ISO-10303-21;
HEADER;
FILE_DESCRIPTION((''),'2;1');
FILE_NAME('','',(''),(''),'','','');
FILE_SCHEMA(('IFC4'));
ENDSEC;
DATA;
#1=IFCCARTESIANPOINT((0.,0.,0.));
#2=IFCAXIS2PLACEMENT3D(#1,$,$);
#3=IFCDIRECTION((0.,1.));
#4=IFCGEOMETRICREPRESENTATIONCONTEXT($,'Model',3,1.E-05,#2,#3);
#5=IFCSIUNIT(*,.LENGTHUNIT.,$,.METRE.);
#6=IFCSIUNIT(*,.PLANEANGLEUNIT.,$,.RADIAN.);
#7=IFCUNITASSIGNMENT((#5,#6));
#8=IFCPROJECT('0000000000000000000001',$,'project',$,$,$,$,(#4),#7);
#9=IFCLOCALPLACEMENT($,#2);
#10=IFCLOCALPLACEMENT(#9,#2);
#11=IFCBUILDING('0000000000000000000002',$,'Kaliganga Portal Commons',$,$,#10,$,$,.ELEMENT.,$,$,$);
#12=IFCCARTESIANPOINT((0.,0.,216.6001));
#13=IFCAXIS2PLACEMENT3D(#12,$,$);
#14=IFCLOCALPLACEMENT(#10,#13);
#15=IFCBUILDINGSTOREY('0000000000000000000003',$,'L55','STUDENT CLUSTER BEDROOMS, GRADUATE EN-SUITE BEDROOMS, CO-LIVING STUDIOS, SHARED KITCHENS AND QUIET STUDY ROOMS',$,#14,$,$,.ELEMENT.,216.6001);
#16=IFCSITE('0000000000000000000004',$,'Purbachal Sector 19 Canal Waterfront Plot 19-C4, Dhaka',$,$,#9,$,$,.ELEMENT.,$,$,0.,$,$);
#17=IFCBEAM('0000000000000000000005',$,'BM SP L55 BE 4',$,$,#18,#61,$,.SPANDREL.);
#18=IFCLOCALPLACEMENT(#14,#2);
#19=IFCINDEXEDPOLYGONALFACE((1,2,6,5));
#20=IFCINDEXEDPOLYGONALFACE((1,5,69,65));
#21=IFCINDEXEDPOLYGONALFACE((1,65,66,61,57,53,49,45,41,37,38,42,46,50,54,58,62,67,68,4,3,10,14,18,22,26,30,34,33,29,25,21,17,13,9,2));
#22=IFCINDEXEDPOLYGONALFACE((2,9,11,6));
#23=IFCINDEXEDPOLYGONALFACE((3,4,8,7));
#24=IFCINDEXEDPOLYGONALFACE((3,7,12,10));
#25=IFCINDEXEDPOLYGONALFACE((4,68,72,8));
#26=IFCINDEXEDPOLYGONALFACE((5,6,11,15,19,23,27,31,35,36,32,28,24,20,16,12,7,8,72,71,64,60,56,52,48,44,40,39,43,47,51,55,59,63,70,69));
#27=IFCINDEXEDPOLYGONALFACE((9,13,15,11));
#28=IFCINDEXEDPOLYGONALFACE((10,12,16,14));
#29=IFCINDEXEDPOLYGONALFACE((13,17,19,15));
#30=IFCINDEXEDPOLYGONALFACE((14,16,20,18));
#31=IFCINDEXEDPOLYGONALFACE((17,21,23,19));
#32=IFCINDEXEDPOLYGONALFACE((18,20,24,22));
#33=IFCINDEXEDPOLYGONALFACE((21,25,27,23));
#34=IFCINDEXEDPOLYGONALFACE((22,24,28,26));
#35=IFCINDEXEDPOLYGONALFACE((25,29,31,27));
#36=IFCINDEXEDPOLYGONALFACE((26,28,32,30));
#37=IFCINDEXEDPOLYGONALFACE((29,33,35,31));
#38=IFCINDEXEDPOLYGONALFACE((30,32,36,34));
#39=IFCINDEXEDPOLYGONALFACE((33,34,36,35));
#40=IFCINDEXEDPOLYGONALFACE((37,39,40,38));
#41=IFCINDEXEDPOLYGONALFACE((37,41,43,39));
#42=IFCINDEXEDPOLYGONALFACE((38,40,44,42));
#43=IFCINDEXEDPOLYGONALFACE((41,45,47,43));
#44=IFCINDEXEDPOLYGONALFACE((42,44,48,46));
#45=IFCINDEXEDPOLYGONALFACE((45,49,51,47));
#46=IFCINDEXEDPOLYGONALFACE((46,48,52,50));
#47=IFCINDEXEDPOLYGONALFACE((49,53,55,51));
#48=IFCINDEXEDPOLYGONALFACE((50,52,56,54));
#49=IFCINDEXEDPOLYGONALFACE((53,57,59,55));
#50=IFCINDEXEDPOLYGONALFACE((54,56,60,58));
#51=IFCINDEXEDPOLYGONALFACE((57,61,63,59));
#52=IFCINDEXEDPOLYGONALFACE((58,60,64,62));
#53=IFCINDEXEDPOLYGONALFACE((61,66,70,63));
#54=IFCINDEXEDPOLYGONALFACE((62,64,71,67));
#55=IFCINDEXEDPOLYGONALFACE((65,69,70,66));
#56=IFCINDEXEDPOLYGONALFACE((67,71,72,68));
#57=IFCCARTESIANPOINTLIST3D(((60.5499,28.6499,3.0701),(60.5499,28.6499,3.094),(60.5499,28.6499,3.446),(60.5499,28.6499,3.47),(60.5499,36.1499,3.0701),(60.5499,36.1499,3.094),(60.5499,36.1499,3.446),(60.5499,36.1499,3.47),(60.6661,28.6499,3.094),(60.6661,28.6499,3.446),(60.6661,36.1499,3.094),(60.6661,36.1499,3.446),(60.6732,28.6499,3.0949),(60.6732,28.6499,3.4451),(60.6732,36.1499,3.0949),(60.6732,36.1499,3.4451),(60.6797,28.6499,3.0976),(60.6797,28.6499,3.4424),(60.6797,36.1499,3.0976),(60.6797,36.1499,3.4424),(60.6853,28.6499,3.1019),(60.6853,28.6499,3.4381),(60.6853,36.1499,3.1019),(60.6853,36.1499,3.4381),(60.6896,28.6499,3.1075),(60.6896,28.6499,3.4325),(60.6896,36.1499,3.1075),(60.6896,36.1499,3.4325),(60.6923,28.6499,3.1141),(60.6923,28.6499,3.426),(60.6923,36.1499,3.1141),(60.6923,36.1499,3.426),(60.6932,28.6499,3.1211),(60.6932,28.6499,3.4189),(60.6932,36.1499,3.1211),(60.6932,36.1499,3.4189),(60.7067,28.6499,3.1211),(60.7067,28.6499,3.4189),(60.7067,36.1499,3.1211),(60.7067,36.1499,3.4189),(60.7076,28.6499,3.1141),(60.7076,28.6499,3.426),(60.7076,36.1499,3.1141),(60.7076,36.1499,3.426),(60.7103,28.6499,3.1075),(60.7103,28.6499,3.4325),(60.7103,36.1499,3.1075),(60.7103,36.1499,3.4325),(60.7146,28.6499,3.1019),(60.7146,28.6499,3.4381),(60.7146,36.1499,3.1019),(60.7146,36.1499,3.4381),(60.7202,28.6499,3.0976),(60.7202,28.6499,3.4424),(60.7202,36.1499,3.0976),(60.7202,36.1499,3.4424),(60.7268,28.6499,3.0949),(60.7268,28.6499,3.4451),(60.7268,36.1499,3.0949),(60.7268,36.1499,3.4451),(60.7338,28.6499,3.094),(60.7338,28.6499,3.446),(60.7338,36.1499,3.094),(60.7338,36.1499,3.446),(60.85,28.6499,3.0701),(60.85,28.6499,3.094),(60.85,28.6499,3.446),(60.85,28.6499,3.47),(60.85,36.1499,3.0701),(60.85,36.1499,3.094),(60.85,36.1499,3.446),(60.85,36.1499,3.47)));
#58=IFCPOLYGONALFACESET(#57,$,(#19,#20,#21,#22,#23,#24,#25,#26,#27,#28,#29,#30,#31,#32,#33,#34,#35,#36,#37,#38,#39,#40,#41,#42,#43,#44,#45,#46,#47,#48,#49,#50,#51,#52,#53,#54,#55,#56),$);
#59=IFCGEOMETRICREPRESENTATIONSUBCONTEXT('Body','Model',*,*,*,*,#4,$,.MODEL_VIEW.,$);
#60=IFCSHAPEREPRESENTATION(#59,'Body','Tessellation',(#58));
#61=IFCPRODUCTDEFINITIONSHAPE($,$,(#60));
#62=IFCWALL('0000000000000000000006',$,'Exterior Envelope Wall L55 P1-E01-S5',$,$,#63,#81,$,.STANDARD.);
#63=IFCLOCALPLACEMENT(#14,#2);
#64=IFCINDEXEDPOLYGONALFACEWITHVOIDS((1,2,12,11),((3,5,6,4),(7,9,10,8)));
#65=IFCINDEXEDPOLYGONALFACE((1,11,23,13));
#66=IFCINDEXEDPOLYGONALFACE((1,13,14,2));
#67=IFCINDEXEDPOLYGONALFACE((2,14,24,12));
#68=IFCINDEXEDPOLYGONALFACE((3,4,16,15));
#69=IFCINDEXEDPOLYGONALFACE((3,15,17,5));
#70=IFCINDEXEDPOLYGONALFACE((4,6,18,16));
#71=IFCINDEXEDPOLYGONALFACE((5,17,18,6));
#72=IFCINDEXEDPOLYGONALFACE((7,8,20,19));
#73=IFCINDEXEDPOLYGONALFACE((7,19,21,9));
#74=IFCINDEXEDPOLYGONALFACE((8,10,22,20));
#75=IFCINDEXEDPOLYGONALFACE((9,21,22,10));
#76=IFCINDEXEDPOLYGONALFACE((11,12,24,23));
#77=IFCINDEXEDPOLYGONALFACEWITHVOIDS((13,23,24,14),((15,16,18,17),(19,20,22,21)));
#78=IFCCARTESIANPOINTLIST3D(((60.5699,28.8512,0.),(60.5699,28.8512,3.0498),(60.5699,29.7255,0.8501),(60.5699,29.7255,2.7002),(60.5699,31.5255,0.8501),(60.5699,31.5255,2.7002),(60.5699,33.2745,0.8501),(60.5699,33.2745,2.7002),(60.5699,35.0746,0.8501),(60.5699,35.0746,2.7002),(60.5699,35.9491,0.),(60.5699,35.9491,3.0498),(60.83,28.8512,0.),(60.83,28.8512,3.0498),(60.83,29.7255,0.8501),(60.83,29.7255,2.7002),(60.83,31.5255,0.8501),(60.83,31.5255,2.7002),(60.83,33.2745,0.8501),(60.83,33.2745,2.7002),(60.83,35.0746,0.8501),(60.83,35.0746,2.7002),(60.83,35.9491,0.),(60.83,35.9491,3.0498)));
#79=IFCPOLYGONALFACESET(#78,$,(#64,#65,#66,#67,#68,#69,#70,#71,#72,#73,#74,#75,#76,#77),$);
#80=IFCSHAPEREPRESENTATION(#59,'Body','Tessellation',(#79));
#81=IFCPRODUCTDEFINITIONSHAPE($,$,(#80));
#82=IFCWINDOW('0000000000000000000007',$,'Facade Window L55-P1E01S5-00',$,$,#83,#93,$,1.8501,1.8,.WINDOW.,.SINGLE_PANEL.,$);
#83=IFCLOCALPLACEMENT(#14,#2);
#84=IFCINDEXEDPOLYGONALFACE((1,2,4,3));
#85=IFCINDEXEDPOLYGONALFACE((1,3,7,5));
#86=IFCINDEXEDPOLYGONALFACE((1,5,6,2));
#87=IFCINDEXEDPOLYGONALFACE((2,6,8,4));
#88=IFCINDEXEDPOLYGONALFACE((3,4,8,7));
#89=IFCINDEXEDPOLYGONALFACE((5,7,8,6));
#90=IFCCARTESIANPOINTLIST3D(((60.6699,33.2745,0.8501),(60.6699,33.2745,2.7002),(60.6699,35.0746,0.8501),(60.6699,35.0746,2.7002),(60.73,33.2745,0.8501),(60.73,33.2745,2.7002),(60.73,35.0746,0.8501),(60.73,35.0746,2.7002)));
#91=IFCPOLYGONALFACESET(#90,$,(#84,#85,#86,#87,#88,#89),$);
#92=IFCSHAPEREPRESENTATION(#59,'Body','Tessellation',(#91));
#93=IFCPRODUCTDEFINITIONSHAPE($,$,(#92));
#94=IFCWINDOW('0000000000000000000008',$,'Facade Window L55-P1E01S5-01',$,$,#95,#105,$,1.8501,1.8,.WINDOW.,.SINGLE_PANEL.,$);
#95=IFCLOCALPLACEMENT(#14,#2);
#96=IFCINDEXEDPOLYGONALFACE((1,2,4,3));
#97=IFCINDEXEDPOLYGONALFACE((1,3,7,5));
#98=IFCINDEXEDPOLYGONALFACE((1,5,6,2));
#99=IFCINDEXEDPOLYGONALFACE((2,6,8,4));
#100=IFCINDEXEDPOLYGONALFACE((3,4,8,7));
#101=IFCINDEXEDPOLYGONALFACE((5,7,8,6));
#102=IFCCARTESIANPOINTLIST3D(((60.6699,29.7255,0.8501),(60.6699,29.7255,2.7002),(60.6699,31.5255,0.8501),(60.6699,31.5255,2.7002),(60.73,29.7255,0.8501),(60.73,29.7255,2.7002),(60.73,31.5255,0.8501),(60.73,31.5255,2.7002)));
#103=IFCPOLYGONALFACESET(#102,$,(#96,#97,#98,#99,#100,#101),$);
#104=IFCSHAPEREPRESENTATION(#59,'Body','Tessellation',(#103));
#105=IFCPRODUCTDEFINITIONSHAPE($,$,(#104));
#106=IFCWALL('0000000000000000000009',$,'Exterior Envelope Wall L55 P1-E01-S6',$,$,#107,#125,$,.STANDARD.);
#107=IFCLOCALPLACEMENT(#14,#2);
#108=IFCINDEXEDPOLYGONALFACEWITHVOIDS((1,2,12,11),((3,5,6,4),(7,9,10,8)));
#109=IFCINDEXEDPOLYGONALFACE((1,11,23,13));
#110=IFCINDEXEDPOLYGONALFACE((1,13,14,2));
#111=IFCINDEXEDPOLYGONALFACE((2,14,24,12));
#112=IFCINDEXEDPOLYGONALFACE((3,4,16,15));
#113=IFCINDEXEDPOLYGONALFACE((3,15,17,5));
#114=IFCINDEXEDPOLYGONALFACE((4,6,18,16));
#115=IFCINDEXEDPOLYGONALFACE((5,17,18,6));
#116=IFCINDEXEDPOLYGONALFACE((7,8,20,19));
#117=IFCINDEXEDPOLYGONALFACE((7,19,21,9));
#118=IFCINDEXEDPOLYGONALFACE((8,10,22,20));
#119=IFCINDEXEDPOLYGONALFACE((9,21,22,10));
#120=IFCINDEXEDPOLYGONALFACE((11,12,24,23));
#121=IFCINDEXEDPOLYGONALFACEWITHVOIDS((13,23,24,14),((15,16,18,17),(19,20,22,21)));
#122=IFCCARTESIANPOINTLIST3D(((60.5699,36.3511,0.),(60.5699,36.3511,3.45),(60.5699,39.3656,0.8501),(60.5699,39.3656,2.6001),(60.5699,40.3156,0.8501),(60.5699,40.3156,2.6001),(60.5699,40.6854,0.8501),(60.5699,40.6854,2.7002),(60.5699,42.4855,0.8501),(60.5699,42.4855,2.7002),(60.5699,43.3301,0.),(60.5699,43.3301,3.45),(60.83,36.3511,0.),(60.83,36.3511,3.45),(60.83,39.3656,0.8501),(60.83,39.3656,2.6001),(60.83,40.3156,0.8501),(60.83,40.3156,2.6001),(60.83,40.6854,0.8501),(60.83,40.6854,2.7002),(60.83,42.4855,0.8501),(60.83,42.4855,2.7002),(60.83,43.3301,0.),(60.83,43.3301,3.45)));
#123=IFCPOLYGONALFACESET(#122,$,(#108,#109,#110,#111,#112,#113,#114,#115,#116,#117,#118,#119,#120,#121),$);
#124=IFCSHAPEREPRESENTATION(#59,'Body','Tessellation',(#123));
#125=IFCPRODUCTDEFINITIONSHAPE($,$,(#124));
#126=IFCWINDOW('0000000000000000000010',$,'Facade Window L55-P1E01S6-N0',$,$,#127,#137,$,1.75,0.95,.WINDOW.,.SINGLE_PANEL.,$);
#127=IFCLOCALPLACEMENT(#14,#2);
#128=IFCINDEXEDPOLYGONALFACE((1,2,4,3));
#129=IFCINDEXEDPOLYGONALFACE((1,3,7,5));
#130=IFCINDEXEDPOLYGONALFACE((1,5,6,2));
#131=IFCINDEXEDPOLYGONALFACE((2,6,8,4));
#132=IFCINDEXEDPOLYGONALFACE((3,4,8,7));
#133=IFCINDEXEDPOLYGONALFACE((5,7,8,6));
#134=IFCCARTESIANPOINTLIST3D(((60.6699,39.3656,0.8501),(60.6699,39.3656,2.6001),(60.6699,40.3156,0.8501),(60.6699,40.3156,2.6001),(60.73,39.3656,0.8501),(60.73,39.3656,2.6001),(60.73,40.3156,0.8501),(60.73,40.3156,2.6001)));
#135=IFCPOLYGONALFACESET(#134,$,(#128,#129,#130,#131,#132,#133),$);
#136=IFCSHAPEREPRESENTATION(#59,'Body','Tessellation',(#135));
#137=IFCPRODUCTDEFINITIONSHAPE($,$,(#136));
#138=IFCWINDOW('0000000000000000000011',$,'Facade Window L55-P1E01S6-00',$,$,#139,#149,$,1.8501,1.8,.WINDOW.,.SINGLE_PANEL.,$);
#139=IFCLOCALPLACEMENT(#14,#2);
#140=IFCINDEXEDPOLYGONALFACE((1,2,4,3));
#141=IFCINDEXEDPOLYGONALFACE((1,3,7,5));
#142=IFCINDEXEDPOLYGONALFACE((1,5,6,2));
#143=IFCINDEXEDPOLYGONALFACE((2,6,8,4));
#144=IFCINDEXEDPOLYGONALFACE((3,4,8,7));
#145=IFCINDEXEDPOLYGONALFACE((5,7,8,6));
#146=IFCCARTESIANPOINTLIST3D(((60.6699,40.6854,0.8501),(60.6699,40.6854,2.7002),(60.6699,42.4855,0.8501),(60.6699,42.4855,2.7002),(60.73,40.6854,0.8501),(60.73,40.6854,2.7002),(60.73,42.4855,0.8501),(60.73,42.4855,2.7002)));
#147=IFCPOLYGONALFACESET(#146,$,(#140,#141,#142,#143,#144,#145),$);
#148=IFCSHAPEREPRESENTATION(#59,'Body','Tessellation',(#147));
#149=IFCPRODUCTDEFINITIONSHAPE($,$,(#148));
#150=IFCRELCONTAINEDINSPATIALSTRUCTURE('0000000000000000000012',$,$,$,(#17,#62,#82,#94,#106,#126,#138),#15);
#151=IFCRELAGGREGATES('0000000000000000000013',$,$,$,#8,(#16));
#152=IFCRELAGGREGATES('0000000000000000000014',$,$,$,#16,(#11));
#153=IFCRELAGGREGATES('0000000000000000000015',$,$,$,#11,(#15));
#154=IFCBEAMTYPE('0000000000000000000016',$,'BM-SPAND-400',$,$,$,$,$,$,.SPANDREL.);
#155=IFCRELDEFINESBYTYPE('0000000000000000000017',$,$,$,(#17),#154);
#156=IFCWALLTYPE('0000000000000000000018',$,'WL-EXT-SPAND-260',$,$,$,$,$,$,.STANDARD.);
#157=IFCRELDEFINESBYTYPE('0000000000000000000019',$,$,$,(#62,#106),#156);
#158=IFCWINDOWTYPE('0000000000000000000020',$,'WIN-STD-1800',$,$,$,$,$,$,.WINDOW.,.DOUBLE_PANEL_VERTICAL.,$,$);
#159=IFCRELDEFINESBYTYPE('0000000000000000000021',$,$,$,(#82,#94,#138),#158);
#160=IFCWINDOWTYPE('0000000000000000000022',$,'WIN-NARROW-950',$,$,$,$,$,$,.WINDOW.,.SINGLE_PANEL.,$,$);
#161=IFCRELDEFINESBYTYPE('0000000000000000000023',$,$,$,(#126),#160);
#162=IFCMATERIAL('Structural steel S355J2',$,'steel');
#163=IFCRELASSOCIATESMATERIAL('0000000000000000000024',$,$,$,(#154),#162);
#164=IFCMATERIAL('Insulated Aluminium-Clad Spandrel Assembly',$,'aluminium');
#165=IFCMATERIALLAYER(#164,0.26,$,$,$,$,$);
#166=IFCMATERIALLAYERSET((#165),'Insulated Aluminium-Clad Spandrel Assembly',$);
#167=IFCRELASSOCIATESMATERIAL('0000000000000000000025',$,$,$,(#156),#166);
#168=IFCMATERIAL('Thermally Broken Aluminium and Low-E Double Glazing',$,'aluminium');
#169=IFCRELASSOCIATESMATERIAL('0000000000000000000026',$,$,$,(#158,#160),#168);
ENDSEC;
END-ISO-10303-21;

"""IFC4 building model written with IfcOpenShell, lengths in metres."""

from ifc_helpers import new_model, si_unit, direction, frame, frame_2d, origin, origin_2d, place, context, subcontext, project, spatial, rectangle, i_section, extrude, source, transform, mapped, material, layer, layer_set, material_profile, profile_set, type_object, element, fill, save


model = new_model("IFC4")

# Units and contexts
model_context = context("Model", 3, precision=1e-05, world=origin(), true_north=direction((0.0, 1.0)))
body_context = subcontext(model_context, "Body", "Model", "MODEL_VIEW")
ifc_project = project(units=[si_unit("LENGTHUNIT", "METRE"), si_unit("PLANEANGLEUNIT", "RADIAN")], contexts=[model_context])

# Site, building, storey
site_placement = place(None, origin())
site = spatial("IfcSite", under=ifc_project, at=site_placement, Name="Purbachal Sector 19 Canal Waterfront Plot 19-C4, Dhaka", CompositionType="ELEMENT", RefElevation=0.0)
building_placement = place(site_placement, origin())
building = spatial("IfcBuilding", under=site, at=building_placement, Name="Kaliganga Portal Commons", CompositionType="ELEMENT")
storey_placement = place(building_placement, frame((0.0, 0.0, 216.6001)))
storey = spatial("IfcBuildingStorey", under=building, at=storey_placement, Name="L55", Description="STUDENT CLUSTER BEDROOMS, GRADUATE EN-SUITE BEDROOMS, CO-LIVING STUDIOS, SHARED KITCHENS AND QUIET STUDY ROOMS", CompositionType="ELEMENT", Elevation=216.6001)

# Shared definitions
ifc_material_1 = material(Name="Structural steel S355J2", Category="steel")

# Beam
ifc_material_profile_1 = material_profile(ifc_material_1, i_section(OverallWidth=0.3, OverallDepth=0.3999, WebThickness=0.0134, FlangeThickness=0.0239, FilletRadius=0.0271, at=origin_2d()), Name="HE 400 B")
ifc_profile_set_1 = profile_set([ifc_material_profile_1], Name="Structural steel S355J2 wide-flange")
beam_type_1 = type_object("IfcBeamType", Name="BM-SPAND-400", PredefinedType="SPANDREL", material=ifc_profile_set_1)
shared_shape_1 = source(origin(), body_context, "Body", "SweptSolid", [
    extrude(i_section(OverallWidth=0.3, OverallDepth=0.3999, WebThickness=0.0134, FlangeThickness=0.0239, FilletRadius=0.0271, at=origin_2d()), origin(), (0.0, 0.0, 1.0), 7.5),
])
beam_1_placement = place(storey_placement, frame((60.7, 28.6499, 3.27), z_axis=(0.0, 1.0, 0.0), x_axis=(-1.0, 0.0, 0.0)))
element("IfcBeam", 1, at=beam_1_placement, inside=storey, type_object=beam_type_1, Name="BM SP L55 BE 4", PredefinedType="SPANDREL", context=body_context, shape_type="MappedRepresentation", body=[
    mapped(shared_shape_1, transform((0.0, 0.0, 0.0), x_axis=(1.0, 0.0, 0.0), y_axis=(0.0, 1.0, 0.0), z_axis=(0.0, 0.0, 1.0), scale=1.0)),
])

# Walls, openings, windows
ifc_material_2 = material(Name="Insulated Aluminium-Clad Spandrel Assembly", Category="aluminium")
ifc_layer_1 = layer(ifc_material_2, 0.26)
ifc_layer_set_1 = layer_set([ifc_layer_1], Name="Insulated Aluminium-Clad Spandrel Assembly")
wall_type_1 = type_object("IfcWallType", Name="WL-EXT-SPAND-260", PredefinedType="STANDARD", material=ifc_layer_set_1)
wall_1_placement = place(storey_placement, frame((60.7, 35.949, 0.0), z_axis=(0.0, 0.0, 1.0), x_axis=(0.0, -1.0, 0.0)))
wall_1 = element("IfcWall", 2, at=wall_1_placement, inside=storey, type_object=wall_type_1, Name="Exterior Envelope Wall L55 P1-E01-S5", PredefinedType="STANDARD", context=body_context, shape_type="SweptSolid", body=[
    extrude(rectangle(XDim=7.0979, YDim=0.26, at=frame_2d((3.5488, 0.0))), origin(), (0.0, 0.0, 1.0), 3.0498),
])
opening_1_placement = place(wall_1_placement, frame((0.8745, 0.0, 0.8501)))
opening_1 = element("IfcOpeningElement", 3, at=opening_1_placement, cuts=wall_1, PredefinedType="OPENING", context=body_context, shape_type="SweptSolid", body=[
    extrude(rectangle(XDim=1.8, YDim=1.8501, at=frame_2d((0.8999, 0.925))), frame((0.0, 0.1401, 0.0), z_axis=(0.0, -1.0, 0.0), x_axis=(1.0, 0.0, 0.0)), (0.0, 0.0, 1.0), 0.28),
])
opening_2_placement = place(wall_1_placement, frame((4.4236, 0.0, 0.8501)))
opening_2 = element("IfcOpeningElement", 4, at=opening_2_placement, cuts=wall_1, PredefinedType="OPENING", context=body_context, shape_type="SweptSolid", body=[
    extrude(rectangle(XDim=1.8, YDim=1.8501, at=frame_2d((0.8999, 0.925))), frame((0.0, 0.1401, 0.0), z_axis=(0.0, -1.0, 0.0), x_axis=(1.0, 0.0, 0.0)), (0.0, 0.0, 1.0), 0.28),
])
ifc_material_3 = material(Name="Thermally Broken Aluminium and Low-E Double Glazing", Category="aluminium")
window_type_1 = type_object("IfcWindowType", Name="WIN-STD-1800", PartitioningType="DOUBLE_PANEL_VERTICAL", PredefinedType="WINDOW", material=ifc_material_3)
window_1_placement = place(opening_1_placement, origin())
window_1 = element("IfcWindow", 5, at=window_1_placement, inside=storey, type_object=window_type_1, Name="Facade Window L55-P1E01S5-00", OverallHeight=1.8501, OverallWidth=1.8, PartitioningType="SINGLE_PANEL", PredefinedType="WINDOW", context=body_context, shape_type="SweptSolid", body=[
    extrude(rectangle(XDim=1.8, YDim=1.8501, at=frame_2d((0.8999, 0.925))), frame((0.0, 0.03, 0.0), z_axis=(0.0, -1.0, 0.0), x_axis=(1.0, 0.0, 0.0)), (0.0, 0.0, 1.0), 0.0601),
])
fill(opening_1, window_1)
window_2_placement = place(opening_2_placement, origin())
window_2 = element("IfcWindow", 6, at=window_2_placement, inside=storey, type_object=window_type_1, Name="Facade Window L55-P1E01S5-01", OverallHeight=1.8501, OverallWidth=1.8, PartitioningType="SINGLE_PANEL", PredefinedType="WINDOW", context=body_context, shape_type="SweptSolid", body=[
    extrude(rectangle(XDim=1.8, YDim=1.8501, at=frame_2d((0.8999, 0.925))), frame((0.0, 0.03, 0.0), z_axis=(0.0, -1.0, 0.0), x_axis=(1.0, 0.0, 0.0)), (0.0, 0.0, 1.0), 0.0601),
])
fill(opening_2, window_2)
wall_2_placement = place(storey_placement, frame((60.7, 43.3301, 0.0), z_axis=(0.0, 0.0, 1.0), x_axis=(0.0, -1.0, 0.0)))
wall_2 = element("IfcWall", 7, at=wall_2_placement, inside=storey, type_object=wall_type_1, Name="Exterior Envelope Wall L55 P1-E01-S6", PredefinedType="STANDARD", context=body_context, shape_type="SweptSolid", body=[
    extrude(rectangle(XDim=6.979, YDim=0.26, at=frame_2d((3.4895, 0.0))), origin(), (0.0, 0.0, 1.0), 3.45),
])
opening_3_placement = place(wall_2_placement, frame((0.8447, 0.0, 0.8501)))
opening_3 = element("IfcOpeningElement", 8, at=opening_3_placement, cuts=wall_2, PredefinedType="OPENING", context=body_context, shape_type="SweptSolid", body=[
    extrude(rectangle(XDim=1.8, YDim=1.8501, at=frame_2d((0.8999, 0.925))), frame((0.0, 0.1401, 0.0), z_axis=(0.0, -1.0, 0.0), x_axis=(1.0, 0.0, 0.0)), (0.0, 0.0, 1.0), 0.28),
])
opening_4_placement = place(wall_2_placement, frame((3.0144, 0.0, 0.8501)))
opening_4 = element("IfcOpeningElement", 9, at=opening_4_placement, cuts=wall_2, PredefinedType="OPENING", context=body_context, shape_type="SweptSolid", body=[
    extrude(rectangle(XDim=0.95, YDim=1.75, at=frame_2d((0.4751, 0.875))), frame((0.0, 0.1401, 0.0), z_axis=(0.0, -1.0, 0.0), x_axis=(1.0, 0.0, 0.0)), (0.0, 0.0, 1.0), 0.28),
])
window_type_2 = type_object("IfcWindowType", Name="WIN-NARROW-950", PartitioningType="SINGLE_PANEL", PredefinedType="WINDOW", material=ifc_material_3)
window_3_placement = place(opening_4_placement, origin())
window_3 = element("IfcWindow", 10, at=window_3_placement, inside=storey, type_object=window_type_2, Name="Facade Window L55-P1E01S6-N0", OverallHeight=1.75, OverallWidth=0.95, PartitioningType="SINGLE_PANEL", PredefinedType="WINDOW", context=body_context, shape_type="SweptSolid", body=[
    extrude(rectangle(XDim=0.95, YDim=1.75, at=frame_2d((0.4751, 0.875))), frame((0.0, 0.03, 0.0), z_axis=(0.0, -1.0, 0.0), x_axis=(1.0, 0.0, 0.0)), (0.0, 0.0, 1.0), 0.0601),
])
fill(opening_4, window_3)
window_4_placement = place(opening_3_placement, origin())
window_4 = element("IfcWindow", 11, at=window_4_placement, inside=storey, type_object=window_type_1, Name="Facade Window L55-P1E01S6-00", OverallHeight=1.8501, OverallWidth=1.8, PartitioningType="SINGLE_PANEL", PredefinedType="WINDOW", context=body_context, shape_type="SweptSolid", body=[
    extrude(rectangle(XDim=1.8, YDim=1.8501, at=frame_2d((0.8999, 0.925))), frame((0.0, 0.03, 0.0), z_axis=(0.0, -1.0, 0.0), x_axis=(1.0, 0.0, 0.0)), (0.0, 0.0, 1.0), 0.0601),
])
fill(opening_3, window_4)

save(model, "model.ifc")
